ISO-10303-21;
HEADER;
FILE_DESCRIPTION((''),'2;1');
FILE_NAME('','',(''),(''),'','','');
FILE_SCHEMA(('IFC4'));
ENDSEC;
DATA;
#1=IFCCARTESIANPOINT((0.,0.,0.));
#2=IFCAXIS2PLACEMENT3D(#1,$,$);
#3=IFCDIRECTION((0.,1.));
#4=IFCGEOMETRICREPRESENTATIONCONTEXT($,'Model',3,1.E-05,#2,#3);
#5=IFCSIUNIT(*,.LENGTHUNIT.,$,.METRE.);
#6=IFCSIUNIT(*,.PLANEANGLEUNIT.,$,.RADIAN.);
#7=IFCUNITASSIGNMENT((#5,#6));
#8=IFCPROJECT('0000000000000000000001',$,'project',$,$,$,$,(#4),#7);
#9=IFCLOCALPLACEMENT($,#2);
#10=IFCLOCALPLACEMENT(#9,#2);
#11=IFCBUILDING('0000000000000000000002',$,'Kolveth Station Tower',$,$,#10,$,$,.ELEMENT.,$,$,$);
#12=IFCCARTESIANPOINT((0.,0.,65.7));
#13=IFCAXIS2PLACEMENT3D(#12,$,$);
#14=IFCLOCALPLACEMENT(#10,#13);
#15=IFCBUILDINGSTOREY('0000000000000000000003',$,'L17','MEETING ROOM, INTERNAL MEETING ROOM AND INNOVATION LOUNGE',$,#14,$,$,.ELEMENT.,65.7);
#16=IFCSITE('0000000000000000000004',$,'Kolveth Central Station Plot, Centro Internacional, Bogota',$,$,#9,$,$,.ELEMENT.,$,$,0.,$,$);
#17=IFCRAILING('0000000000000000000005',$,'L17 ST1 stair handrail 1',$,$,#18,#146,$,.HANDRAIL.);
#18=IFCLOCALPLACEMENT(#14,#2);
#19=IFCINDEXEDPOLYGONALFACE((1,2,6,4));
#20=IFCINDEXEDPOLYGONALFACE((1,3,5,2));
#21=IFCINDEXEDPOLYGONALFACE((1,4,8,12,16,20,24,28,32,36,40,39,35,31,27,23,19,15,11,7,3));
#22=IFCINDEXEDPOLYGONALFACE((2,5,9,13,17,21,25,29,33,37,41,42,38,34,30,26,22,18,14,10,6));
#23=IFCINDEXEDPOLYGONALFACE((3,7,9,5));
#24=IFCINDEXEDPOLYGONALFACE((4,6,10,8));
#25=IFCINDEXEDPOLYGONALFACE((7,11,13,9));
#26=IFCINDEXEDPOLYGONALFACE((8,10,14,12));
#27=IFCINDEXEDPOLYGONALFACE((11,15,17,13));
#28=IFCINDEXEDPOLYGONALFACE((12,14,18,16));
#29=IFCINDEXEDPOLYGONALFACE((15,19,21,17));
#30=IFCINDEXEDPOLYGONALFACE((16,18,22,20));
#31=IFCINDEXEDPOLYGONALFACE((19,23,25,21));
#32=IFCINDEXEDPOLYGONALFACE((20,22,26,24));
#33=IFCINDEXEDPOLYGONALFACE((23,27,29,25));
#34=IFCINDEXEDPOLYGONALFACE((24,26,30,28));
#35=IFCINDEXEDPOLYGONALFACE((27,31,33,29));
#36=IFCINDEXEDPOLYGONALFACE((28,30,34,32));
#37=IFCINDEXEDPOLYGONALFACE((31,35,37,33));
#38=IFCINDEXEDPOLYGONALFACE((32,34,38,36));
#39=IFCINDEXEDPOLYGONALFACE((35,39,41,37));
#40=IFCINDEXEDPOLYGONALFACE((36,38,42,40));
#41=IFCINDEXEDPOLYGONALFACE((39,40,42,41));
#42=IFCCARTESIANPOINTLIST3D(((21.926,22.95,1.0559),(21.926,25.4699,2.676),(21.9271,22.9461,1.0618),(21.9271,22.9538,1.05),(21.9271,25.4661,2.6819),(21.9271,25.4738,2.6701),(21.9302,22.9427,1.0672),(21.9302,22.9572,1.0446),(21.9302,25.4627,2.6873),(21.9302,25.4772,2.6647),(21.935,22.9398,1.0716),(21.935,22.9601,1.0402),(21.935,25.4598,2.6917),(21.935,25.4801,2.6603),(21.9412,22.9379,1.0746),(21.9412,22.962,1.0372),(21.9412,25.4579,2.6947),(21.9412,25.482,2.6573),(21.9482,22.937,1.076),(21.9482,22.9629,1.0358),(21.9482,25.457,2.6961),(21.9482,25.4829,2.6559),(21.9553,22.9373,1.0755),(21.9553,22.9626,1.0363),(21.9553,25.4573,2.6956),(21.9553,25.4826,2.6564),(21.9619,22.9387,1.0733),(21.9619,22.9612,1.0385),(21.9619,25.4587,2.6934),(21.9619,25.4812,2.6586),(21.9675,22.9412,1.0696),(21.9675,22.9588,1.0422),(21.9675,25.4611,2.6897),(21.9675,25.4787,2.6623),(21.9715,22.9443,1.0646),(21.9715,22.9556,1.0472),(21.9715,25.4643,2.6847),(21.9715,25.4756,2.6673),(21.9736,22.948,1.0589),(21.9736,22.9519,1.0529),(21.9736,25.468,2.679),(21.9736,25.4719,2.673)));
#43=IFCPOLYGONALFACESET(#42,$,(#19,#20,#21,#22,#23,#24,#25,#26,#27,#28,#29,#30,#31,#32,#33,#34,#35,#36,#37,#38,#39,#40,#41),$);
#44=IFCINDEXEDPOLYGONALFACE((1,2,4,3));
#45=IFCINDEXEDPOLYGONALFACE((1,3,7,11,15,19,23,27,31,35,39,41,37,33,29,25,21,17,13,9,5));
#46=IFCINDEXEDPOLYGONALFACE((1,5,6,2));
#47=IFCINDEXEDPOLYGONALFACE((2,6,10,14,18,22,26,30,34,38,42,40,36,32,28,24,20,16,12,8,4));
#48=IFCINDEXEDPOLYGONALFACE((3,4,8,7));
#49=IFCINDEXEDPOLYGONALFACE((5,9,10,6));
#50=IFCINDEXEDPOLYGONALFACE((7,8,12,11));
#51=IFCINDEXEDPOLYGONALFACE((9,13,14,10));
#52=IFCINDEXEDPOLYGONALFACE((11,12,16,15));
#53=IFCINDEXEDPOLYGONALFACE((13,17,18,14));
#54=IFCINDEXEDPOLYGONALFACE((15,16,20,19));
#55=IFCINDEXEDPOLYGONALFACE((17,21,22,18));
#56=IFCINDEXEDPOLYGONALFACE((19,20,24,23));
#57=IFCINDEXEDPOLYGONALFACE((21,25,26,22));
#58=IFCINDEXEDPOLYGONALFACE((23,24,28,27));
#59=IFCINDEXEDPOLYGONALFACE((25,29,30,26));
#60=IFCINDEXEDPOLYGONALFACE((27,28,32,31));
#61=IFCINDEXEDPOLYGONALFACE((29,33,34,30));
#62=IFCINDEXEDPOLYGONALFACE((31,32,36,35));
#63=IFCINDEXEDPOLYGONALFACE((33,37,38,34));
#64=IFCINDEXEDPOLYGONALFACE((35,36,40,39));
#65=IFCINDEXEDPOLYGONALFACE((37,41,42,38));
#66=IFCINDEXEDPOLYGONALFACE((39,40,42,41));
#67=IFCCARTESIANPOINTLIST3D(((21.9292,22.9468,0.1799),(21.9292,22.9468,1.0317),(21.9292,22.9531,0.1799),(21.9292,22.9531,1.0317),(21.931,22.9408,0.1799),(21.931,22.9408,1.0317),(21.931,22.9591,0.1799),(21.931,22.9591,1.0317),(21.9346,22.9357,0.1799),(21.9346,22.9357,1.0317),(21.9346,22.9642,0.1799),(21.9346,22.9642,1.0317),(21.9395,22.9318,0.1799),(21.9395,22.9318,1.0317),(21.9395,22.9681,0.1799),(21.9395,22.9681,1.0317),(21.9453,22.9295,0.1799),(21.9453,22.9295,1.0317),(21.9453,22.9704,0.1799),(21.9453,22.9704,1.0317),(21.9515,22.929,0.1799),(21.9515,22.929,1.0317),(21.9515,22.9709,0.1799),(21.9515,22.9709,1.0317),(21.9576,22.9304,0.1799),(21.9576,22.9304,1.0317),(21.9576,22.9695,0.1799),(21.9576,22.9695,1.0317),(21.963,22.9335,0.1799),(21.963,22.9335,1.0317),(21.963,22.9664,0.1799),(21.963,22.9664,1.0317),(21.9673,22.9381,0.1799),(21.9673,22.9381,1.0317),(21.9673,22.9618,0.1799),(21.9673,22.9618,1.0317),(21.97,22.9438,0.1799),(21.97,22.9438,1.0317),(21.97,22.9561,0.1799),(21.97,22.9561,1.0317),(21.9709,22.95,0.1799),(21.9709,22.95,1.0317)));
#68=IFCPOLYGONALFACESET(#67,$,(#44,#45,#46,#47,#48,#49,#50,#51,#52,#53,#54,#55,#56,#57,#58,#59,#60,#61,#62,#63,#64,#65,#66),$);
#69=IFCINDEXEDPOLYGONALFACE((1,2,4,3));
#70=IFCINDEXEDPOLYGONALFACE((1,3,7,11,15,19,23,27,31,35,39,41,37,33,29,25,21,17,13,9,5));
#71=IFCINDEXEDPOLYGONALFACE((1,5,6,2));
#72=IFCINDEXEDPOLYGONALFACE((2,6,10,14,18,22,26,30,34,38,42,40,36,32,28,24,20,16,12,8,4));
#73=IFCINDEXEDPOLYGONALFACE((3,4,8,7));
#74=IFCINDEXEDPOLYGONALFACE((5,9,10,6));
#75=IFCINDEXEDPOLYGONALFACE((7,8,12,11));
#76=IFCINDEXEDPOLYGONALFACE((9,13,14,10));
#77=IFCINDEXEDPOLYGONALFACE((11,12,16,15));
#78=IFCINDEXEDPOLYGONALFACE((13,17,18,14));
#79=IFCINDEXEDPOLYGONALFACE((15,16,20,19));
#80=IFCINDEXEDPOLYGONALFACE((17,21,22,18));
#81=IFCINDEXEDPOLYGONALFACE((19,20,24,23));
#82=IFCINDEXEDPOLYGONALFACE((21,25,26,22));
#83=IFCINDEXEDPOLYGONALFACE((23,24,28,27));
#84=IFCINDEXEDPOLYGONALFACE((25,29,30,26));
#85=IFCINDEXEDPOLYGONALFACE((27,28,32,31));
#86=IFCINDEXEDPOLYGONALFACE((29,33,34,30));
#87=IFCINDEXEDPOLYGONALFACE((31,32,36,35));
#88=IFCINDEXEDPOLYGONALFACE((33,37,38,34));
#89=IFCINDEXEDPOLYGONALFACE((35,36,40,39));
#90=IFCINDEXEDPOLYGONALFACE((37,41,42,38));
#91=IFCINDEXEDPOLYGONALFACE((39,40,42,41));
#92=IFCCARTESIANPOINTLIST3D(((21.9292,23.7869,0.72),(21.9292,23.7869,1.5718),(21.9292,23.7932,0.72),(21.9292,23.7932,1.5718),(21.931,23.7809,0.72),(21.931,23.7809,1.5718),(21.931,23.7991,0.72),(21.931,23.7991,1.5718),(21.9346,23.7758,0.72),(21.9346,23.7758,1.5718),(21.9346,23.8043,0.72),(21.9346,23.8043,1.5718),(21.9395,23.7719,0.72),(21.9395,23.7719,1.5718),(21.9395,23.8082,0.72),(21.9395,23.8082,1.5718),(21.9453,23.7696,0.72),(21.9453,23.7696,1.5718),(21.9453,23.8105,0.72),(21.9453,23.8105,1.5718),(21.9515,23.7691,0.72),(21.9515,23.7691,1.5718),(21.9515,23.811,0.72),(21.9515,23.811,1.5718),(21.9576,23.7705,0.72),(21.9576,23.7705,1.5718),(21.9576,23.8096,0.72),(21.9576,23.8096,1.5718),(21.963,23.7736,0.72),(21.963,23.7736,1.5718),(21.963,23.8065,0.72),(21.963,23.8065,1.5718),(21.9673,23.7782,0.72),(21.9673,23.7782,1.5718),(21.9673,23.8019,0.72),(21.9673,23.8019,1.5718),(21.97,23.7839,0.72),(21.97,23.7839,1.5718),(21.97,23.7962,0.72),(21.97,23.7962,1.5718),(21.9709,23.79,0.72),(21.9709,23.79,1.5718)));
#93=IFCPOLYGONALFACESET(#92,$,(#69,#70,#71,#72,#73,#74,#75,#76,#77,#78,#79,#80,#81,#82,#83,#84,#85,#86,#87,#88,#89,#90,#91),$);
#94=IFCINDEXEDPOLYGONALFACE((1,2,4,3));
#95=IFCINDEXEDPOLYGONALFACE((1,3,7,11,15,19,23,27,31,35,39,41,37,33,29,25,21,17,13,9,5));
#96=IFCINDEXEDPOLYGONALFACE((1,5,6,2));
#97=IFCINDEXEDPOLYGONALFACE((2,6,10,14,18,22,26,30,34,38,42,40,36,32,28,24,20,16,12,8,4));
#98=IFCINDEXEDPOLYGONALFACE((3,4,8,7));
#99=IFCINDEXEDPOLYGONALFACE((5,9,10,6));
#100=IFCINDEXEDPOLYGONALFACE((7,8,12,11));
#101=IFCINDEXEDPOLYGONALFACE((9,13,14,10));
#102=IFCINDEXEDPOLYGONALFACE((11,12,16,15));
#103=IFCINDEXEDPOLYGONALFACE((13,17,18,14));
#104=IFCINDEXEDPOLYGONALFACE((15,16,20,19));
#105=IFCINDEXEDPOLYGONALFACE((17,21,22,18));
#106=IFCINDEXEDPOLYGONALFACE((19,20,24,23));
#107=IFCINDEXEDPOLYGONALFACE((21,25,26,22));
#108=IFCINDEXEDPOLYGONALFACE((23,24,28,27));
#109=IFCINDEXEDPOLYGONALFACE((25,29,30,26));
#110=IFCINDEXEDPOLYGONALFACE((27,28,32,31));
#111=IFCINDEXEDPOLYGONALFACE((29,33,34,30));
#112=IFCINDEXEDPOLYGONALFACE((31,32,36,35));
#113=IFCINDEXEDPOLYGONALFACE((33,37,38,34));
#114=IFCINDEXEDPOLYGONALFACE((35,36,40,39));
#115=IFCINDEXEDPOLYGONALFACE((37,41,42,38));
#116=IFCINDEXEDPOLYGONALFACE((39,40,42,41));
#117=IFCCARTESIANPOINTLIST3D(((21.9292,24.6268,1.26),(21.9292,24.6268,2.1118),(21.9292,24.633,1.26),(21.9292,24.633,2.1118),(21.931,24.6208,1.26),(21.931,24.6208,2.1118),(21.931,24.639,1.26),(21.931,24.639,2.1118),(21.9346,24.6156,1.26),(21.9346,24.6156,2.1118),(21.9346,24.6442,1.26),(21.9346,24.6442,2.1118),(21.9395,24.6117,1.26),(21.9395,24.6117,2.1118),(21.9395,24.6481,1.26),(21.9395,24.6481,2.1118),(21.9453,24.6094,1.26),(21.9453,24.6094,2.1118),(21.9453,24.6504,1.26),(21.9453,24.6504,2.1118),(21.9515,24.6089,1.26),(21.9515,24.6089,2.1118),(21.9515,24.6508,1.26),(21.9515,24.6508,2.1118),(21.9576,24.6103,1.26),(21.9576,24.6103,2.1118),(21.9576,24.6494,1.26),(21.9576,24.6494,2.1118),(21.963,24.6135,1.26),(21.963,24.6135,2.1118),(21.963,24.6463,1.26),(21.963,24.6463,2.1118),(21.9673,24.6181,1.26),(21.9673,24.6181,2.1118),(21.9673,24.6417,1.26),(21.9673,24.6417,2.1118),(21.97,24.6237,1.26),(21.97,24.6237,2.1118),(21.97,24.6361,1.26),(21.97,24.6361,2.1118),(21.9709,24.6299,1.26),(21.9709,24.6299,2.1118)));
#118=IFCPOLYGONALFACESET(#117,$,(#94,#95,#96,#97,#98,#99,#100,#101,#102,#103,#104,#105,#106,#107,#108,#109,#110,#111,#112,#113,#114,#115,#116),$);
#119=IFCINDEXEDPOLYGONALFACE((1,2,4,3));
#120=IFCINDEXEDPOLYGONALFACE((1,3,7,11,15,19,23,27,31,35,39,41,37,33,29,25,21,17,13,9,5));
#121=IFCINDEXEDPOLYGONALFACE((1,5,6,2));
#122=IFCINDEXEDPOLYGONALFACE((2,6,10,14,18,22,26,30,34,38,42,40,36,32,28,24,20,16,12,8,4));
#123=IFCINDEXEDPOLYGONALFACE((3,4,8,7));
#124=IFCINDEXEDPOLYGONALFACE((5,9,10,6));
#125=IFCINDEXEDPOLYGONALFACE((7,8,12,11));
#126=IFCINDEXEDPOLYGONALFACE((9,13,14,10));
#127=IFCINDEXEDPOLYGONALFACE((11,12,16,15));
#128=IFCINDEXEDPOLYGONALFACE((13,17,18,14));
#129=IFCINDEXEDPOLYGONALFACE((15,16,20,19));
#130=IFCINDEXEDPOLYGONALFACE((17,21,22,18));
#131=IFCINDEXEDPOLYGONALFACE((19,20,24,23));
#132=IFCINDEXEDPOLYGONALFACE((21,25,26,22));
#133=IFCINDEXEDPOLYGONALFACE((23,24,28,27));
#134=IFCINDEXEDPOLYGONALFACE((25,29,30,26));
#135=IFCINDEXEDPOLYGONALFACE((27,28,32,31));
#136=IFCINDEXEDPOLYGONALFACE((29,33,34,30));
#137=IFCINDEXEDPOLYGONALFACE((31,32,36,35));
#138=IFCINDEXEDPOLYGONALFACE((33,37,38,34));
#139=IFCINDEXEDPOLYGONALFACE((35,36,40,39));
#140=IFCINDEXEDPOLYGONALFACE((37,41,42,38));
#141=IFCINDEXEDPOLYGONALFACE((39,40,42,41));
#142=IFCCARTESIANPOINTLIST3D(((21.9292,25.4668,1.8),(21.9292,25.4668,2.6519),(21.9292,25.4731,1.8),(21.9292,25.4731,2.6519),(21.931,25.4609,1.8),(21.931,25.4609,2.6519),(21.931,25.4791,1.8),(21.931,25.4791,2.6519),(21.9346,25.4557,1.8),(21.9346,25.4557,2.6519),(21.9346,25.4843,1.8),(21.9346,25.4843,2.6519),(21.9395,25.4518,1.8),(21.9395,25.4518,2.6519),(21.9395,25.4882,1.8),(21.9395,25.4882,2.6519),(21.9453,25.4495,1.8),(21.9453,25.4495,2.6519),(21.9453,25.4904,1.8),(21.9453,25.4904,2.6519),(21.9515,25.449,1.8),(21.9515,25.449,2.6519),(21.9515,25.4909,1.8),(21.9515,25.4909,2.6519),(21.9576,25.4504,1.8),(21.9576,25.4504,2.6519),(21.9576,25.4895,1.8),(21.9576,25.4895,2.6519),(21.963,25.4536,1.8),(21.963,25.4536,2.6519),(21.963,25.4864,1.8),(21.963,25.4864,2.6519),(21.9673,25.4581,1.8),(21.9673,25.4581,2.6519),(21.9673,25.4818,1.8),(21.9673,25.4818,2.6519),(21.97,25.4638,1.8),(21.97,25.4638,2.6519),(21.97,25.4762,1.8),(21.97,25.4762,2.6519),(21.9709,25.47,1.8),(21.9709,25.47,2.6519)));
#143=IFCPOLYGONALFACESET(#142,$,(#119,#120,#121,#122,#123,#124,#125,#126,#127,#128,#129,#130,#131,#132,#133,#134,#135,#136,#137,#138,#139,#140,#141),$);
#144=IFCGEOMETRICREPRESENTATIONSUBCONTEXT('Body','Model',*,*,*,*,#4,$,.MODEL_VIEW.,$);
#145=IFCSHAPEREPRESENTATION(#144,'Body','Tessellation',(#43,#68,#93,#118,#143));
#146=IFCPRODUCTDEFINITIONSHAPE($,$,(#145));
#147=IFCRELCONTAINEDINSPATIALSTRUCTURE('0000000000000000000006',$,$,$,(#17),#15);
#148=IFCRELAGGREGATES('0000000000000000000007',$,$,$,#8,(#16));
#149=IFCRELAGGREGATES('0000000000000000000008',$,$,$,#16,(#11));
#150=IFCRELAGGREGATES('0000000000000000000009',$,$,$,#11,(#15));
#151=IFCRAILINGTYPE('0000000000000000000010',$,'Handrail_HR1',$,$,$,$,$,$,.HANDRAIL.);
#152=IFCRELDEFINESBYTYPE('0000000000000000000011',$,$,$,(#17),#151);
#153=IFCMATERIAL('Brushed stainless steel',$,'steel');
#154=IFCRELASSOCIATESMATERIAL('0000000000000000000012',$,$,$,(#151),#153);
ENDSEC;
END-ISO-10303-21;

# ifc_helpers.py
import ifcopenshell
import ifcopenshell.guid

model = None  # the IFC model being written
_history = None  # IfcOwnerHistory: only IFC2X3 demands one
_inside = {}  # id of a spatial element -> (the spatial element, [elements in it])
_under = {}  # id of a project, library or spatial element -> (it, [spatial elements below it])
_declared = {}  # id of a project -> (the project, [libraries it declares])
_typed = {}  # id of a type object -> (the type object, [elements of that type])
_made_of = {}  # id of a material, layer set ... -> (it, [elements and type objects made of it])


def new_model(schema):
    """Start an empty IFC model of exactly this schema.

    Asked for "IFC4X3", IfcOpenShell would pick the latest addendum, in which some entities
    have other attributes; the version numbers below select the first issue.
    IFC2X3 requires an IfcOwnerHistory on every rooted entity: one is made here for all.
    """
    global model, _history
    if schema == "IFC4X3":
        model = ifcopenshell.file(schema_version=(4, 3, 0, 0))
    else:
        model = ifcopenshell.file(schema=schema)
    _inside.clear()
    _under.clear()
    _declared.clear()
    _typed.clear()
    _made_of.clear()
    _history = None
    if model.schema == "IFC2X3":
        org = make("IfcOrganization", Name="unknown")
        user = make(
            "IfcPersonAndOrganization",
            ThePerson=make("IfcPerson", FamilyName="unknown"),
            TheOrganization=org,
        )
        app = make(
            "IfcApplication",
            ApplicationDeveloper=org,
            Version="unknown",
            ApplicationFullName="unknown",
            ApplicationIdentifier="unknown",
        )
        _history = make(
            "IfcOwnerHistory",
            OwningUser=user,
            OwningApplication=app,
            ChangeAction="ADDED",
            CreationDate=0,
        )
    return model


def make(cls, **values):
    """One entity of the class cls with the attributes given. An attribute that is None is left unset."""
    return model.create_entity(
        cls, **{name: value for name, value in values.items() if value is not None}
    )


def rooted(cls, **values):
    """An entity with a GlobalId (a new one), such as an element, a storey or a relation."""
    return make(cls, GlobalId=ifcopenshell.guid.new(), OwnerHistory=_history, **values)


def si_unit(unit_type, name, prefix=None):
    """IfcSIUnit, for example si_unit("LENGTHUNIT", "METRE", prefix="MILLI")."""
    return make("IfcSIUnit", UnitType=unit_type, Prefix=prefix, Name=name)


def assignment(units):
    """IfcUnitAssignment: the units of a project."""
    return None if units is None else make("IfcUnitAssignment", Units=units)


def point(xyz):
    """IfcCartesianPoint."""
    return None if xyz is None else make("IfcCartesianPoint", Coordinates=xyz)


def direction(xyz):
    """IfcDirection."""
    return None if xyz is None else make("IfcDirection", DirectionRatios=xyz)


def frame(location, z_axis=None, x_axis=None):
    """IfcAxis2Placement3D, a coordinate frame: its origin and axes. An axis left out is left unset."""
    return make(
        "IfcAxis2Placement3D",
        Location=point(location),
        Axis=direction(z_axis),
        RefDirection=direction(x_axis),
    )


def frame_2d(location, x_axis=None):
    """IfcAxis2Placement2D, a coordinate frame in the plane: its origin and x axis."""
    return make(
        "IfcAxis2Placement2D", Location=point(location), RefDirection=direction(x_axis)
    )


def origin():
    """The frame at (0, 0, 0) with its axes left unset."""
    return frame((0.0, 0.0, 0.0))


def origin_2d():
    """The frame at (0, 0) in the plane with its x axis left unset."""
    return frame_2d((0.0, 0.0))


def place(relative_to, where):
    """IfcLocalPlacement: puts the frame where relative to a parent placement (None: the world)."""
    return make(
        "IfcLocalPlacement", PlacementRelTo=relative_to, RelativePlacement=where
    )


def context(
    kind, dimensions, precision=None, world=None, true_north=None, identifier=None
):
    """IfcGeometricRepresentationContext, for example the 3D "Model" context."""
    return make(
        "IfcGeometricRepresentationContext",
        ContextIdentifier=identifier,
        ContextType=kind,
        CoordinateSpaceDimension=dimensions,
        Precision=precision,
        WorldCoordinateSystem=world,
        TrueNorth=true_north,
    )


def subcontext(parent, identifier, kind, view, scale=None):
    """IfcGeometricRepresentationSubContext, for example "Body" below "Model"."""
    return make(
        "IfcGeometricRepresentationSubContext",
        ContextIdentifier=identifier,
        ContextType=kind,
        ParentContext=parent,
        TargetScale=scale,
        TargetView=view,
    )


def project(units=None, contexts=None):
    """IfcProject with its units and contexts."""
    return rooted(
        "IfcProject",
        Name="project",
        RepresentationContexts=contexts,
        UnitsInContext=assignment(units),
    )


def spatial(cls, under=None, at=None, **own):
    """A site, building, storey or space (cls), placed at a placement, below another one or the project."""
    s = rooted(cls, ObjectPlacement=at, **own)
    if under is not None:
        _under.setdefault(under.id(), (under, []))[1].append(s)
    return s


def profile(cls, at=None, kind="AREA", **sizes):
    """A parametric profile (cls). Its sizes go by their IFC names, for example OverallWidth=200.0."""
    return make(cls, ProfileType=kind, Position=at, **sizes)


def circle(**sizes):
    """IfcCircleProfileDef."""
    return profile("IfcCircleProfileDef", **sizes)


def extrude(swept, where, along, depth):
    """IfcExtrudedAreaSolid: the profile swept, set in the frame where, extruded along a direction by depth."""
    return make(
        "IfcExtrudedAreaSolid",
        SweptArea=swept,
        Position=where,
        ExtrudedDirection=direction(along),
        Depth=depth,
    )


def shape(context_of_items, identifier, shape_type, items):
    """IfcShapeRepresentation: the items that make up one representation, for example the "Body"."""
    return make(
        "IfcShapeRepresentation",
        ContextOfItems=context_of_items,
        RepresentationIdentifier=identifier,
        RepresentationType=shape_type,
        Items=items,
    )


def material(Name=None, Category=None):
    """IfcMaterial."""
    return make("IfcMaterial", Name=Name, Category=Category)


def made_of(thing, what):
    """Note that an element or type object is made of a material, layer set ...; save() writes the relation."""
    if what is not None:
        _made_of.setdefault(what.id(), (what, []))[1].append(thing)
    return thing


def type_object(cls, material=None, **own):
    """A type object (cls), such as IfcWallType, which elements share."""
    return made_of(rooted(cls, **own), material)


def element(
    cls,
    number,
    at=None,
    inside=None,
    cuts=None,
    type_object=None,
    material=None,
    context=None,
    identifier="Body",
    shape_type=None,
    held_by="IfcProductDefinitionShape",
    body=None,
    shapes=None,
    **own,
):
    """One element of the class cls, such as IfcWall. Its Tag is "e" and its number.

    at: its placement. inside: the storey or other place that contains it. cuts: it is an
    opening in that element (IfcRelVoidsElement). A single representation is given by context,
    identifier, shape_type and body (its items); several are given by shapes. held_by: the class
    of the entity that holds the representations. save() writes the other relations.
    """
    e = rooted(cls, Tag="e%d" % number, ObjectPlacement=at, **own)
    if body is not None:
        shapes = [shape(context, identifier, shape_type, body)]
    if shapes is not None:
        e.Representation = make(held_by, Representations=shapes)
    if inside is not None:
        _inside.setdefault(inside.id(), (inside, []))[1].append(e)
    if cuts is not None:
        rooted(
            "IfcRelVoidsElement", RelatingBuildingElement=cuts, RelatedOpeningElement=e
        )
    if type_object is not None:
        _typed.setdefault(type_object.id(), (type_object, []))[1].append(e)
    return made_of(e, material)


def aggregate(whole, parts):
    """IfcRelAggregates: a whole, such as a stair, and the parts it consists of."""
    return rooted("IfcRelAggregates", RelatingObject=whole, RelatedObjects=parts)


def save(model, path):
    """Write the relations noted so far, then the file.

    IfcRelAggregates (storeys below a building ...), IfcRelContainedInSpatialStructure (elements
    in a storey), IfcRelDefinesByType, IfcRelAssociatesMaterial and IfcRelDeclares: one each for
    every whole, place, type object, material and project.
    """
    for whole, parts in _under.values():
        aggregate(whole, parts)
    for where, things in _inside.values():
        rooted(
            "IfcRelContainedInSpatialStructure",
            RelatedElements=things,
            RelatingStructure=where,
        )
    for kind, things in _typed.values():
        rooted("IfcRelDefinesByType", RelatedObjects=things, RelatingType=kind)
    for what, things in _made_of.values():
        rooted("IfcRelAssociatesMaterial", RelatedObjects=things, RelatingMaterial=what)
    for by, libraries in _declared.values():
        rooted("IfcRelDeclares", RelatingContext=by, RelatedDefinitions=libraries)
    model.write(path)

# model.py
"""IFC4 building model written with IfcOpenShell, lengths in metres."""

from ifc_helpers import new_model, si_unit, direction, frame, origin, origin_2d, place, context, subcontext, project, spatial, circle, extrude, material, type_object, element, save


model = new_model("IFC4")

# Units and contexts
model_context = context("Model", 3, precision=1e-05, world=origin(), true_north=direction((0.0, 1.0)))
body_context = subcontext(model_context, "Body", "Model", "MODEL_VIEW")
ifc_project = project(units=[si_unit("LENGTHUNIT", "METRE"), si_unit("PLANEANGLEUNIT", "RADIAN")], contexts=[model_context])

# Site, building, storey
site_placement = place(None, origin())
site = spatial("IfcSite", under=ifc_project, at=site_placement, Name="Kolveth Central Station Plot, Centro Internacional, Bogota", CompositionType="ELEMENT", RefElevation=0.0)
building_placement = place(site_placement, origin())
building = spatial("IfcBuilding", under=site, at=building_placement, Name="Kolveth Station Tower", CompositionType="ELEMENT")
storey_placement = place(building_placement, frame((0.0, 0.0, 65.7)))
storey = spatial("IfcBuildingStorey", under=building, at=storey_placement, Name="L17", Description="MEETING ROOM, INTERNAL MEETING ROOM AND INNOVATION LOUNGE", CompositionType="ELEMENT", Elevation=65.7)

# Railing
ifc_material_1 = material(Name="Brushed stainless steel", Category="steel")
railing_type_1 = type_object("IfcRailingType", Name="Handrail_HR1", PredefinedType="HANDRAIL", material=ifc_material_1)
railing_1_placement = place(storey_placement, frame((21.95, 22.95, 0.1799)))
element("IfcRailing", 1, at=railing_1_placement, inside=storey, type_object=railing_type_1, Name="L17 ST1 stair handrail 1", PredefinedType="HANDRAIL", context=body_context, shape_type="SweptSolid", body=[
    extrude(circle(Radius=0.0239, at=origin_2d()), frame((0.0, 0.0, 0.876), z_axis=(0.0, 0.841163, 0.540782), x_axis=(-1.0, 0.0, 0.0)), (0.0, 0.0, 1.0), 2.9958),
    extrude(circle(Radius=0.021, at=origin_2d()), origin(), (0.0, 0.0, 1.0), 0.8518),
    extrude(circle(Radius=0.021, at=origin_2d()), frame((0.0, 0.8401, 0.54)), (0.0, 0.0, 1.0), 0.8518),
    extrude(circle(Radius=0.021, at=origin_2d()), frame((0.0, 1.6799, 1.0801)), (0.0, 0.0, 1.0), 0.8518),
    extrude(circle(Radius=0.021, at=origin_2d()), frame((0.0, 2.52, 1.6201)), (0.0, 0.0, 1.0), 0.8518),
])

save(model, "model.ifc")
